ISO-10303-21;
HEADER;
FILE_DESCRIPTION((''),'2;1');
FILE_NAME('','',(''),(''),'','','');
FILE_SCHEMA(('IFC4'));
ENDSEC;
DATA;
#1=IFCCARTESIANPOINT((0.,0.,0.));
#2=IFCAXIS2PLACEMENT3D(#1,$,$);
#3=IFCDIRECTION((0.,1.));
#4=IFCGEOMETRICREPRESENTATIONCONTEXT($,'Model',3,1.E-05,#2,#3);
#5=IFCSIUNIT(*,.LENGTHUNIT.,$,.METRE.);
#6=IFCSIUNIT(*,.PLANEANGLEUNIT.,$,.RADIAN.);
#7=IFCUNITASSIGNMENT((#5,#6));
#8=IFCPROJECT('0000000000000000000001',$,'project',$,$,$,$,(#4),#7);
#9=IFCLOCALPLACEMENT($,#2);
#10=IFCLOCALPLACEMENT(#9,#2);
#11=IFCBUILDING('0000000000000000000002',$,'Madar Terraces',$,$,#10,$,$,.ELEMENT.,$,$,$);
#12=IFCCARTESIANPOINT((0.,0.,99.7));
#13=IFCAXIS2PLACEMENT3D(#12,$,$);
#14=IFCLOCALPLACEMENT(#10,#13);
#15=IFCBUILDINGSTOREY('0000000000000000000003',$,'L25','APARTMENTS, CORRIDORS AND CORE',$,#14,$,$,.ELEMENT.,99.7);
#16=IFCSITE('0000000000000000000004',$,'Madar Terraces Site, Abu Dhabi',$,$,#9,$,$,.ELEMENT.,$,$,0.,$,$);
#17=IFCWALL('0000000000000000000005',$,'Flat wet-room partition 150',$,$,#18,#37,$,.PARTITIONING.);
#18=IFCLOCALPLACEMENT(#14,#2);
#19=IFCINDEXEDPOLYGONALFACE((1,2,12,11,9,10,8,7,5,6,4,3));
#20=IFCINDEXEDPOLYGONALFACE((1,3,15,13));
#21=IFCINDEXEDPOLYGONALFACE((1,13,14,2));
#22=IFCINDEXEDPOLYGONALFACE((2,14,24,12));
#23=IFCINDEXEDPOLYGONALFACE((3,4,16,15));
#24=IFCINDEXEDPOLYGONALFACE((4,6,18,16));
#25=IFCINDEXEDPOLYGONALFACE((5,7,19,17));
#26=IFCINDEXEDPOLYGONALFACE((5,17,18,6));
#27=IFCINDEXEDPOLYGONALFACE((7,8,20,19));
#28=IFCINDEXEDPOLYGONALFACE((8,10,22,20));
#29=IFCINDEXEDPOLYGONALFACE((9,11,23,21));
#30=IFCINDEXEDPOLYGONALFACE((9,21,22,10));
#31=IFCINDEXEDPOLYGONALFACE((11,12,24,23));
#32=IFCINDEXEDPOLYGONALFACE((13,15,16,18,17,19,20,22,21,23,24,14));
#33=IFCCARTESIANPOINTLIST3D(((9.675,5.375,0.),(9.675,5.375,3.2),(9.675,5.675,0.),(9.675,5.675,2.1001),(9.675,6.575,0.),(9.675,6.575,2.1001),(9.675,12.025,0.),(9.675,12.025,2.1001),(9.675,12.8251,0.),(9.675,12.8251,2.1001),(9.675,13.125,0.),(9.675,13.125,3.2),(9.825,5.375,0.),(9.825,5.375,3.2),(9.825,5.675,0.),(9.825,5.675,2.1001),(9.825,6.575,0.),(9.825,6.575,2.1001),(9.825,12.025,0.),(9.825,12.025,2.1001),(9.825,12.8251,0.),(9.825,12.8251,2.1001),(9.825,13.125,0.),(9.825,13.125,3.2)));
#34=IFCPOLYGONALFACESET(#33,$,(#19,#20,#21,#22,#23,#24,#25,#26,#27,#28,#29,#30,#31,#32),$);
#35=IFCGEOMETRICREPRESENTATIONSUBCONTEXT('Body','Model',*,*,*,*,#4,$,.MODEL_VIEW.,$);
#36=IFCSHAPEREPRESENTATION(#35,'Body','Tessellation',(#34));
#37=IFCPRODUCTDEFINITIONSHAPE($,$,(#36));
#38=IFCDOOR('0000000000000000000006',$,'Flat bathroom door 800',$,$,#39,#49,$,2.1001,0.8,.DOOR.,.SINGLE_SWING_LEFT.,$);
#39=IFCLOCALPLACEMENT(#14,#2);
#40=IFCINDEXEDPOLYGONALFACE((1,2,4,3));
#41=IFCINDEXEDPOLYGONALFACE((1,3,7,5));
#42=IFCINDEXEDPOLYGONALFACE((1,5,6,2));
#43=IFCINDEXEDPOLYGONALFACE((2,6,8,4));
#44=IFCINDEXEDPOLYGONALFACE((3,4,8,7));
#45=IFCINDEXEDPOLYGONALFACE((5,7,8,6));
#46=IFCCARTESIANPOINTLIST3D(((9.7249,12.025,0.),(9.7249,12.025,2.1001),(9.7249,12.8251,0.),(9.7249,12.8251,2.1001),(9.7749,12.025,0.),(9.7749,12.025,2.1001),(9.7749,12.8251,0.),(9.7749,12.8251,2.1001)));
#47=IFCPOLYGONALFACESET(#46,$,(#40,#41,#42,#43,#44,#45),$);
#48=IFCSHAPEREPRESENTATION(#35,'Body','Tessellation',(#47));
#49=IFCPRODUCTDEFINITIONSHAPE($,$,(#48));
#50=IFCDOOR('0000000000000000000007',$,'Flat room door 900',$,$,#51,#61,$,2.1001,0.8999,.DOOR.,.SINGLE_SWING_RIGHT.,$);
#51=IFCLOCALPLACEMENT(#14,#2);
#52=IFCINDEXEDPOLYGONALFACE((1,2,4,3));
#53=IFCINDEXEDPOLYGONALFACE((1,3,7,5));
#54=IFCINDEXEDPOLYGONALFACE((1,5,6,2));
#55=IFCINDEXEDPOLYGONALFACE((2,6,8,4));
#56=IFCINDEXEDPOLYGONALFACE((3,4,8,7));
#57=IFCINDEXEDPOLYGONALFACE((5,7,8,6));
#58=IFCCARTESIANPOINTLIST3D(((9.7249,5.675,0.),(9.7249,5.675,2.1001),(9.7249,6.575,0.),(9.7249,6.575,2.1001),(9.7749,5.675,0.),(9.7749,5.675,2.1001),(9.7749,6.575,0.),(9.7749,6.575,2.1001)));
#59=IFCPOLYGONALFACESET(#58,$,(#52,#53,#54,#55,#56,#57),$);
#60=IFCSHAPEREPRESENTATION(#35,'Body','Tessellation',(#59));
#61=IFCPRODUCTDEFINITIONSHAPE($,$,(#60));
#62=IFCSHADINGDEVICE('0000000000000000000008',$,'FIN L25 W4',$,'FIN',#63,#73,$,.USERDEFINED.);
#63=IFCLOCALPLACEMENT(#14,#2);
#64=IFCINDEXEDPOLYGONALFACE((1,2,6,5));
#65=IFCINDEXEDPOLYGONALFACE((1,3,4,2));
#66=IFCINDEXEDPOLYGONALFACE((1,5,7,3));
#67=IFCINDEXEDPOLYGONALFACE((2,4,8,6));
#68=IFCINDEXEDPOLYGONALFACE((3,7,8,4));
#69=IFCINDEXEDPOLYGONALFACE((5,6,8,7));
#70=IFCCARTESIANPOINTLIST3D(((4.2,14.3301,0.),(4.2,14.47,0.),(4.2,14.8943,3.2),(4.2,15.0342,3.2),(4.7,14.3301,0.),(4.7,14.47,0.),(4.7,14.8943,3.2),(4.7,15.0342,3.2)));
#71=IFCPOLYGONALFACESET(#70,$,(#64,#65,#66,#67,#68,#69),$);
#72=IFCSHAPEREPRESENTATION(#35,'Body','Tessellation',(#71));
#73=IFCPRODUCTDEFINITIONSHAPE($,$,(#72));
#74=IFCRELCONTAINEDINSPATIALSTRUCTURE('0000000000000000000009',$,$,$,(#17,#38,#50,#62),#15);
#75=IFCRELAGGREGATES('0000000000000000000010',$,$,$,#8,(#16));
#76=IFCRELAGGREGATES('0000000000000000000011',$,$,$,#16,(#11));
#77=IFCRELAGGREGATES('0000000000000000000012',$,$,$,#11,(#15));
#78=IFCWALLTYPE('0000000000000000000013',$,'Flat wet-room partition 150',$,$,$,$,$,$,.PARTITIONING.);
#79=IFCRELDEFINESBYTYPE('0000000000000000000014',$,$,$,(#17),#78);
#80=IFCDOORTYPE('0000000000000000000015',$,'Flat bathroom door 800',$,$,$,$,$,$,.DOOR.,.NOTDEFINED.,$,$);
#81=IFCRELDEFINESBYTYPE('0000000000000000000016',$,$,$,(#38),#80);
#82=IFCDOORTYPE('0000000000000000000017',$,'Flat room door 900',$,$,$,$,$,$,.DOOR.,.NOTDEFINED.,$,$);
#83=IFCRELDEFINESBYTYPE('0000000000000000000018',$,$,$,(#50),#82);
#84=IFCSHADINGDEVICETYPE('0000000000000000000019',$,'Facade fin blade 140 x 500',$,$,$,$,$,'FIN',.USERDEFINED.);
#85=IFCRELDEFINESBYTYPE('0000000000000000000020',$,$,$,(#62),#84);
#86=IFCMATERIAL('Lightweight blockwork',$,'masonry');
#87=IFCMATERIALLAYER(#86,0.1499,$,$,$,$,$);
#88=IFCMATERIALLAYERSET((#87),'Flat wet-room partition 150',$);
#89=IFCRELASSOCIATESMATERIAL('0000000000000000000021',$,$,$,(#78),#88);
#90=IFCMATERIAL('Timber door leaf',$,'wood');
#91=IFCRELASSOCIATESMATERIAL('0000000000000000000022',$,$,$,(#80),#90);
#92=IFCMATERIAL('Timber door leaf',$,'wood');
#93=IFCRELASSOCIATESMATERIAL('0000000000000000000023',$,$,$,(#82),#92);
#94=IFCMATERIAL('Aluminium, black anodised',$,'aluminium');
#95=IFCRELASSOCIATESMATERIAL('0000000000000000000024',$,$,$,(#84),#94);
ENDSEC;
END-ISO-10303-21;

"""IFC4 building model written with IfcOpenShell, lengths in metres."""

from ifc_helpers import new_model, si_unit, direction, frame, frame_2d, origin, place, context, subcontext, project, spatial, polyline, rectangle, outline, extrude, material, layer, layer_set, type_object, element, fill, save


model = new_model("IFC4")

# Units and contexts
model_context = context("Model", 3, precision=1e-05, world=origin(), true_north=direction((0.0, 1.0)))
body_context = subcontext(model_context, "Body", "Model", "MODEL_VIEW")
ifc_project = project(units=[si_unit("LENGTHUNIT", "METRE"), si_unit("PLANEANGLEUNIT", "RADIAN")], contexts=[model_context])

# Site, building, storey
site_placement = place(None, origin())
site = spatial("IfcSite", under=ifc_project, at=site_placement, Name="Madar Terraces Site, Abu Dhabi", CompositionType="ELEMENT", RefElevation=0.0)
building_placement = place(site_placement, origin())
building = spatial("IfcBuilding", under=site, at=building_placement, Name="Madar Terraces", CompositionType="ELEMENT")
storey_placement = place(building_placement, frame((0.0, 0.0, 99.7)))
storey = spatial("IfcBuildingStorey", under=building, at=storey_placement, Name="L25", Description="APARTMENTS, CORRIDORS AND CORE", CompositionType="ELEMENT", Elevation=99.7)

# Shared definitions
ifc_material_1 = material(Name="Lightweight blockwork", Category="masonry")
ifc_layer_1 = layer(ifc_material_1, 0.1499)
ifc_layer_set_1 = layer_set([ifc_layer_1], Name="Flat wet-room partition 150")
wall_type_1 = type_object("IfcWallType", Name="Flat wet-room partition 150", PredefinedType="PARTITIONING", material=ifc_layer_set_1)

# Shared definitions
ifc_material_2 = material(Name="Timber door leaf", Category="wood")
door_type_1 = type_object("IfcDoorType", Name="Flat bathroom door 800", OperationType="NOTDEFINED", PredefinedType="DOOR", material=ifc_material_2)
ifc_material_3 = material(Name="Timber door leaf", Category="wood")
door_type_2 = type_object("IfcDoorType", Name="Flat room door 900", OperationType="NOTDEFINED", PredefinedType="DOOR", material=ifc_material_3)

# Wall, openings, doors
wall_1_placement = place(storey_placement, frame((9.75, 13.125, 0.0), z_axis=(0.0, 0.0, 1.0), x_axis=(0.0, -1.0, 0.0)))
wall_1 = element("IfcWall", 1, at=wall_1_placement, inside=storey, type_object=wall_type_1, Name="Flat wet-room partition 150", PredefinedType="PARTITIONING", context=body_context, shape_type="SweptSolid", body=[
    extrude(rectangle(XDim=7.75, YDim=0.1499, at=frame_2d((3.875, 0.0))), origin(), (0.0, 0.0, 1.0), 3.2),
])
opening_1_placement = place(wall_1_placement, frame((0.3, 0.0, 0.0)))
opening_1 = element("IfcOpeningElement", 2, at=opening_1_placement, cuts=wall_1, PredefinedType="OPENING", context=body_context, shape_type="SweptSolid", body=[
    extrude(rectangle(XDim=0.8, YDim=2.1001, at=frame_2d((0.3999, 1.05))), frame((0.0, 0.085, 0.0), z_axis=(0.0, -1.0, 0.0), x_axis=(1.0, 0.0, 0.0)), (0.0, 0.0, 1.0), 0.1699),
])
opening_2_placement = place(wall_1_placement, frame((6.55, 0.0, 0.0)))
opening_2 = element("IfcOpeningElement", 3, at=opening_2_placement, cuts=wall_1, PredefinedType="OPENING", context=body_context, shape_type="SweptSolid", body=[
    extrude(rectangle(XDim=0.8999, YDim=2.1001, at=frame_2d((0.45, 1.05))), frame((0.0, 0.085, 0.0), z_axis=(0.0, -1.0, 0.0), x_axis=(1.0, 0.0, 0.0)), (0.0, 0.0, 1.0), 0.1699),
])
door_1_placement = place(opening_1_placement, origin())
door_1 = element("IfcDoor", 4, at=door_1_placement, inside=storey, type_object=door_type_1, Name="Flat bathroom door 800", OperationType="SINGLE_SWING_LEFT", OverallHeight=2.1001, OverallWidth=0.8, PredefinedType="DOOR", context=body_context, shape_type="SweptSolid", body=[
    extrude(rectangle(XDim=0.8, YDim=2.1001, at=frame_2d((0.3999, 1.05))), frame((0.0, 0.0249, 0.0), z_axis=(0.0, -1.0, 0.0), x_axis=(1.0, 0.0, 0.0)), (0.0, 0.0, 1.0), 0.05),
])
fill(opening_1, door_1)
door_2_placement = place(opening_2_placement, origin())
door_2 = element("IfcDoor", 5, at=door_2_placement, inside=storey, type_object=door_type_2, Name="Flat room door 900", OperationType="SINGLE_SWING_RIGHT", OverallHeight=2.1001, OverallWidth=0.8999, PredefinedType="DOOR", context=body_context, shape_type="SweptSolid", body=[
    extrude(rectangle(XDim=0.8999, YDim=2.1001, at=frame_2d((0.45, 1.05))), frame((0.0, 0.0249, 0.0), z_axis=(0.0, -1.0, 0.0), x_axis=(1.0, 0.0, 0.0)), (0.0, 0.0, 1.0), 0.05),
])
fill(opening_2, door_2)

# Shading device
ifc_material_4 = material(Name="Aluminium, black anodised", Category="aluminium")
shading_device_type = type_object("IfcShadingDeviceType", Name="Facade fin blade 140 x 500", ElementType="FIN", PredefinedType="USERDEFINED", material=ifc_material_4)
shading_device_placement = place(storey_placement, frame((4.45, 14.47, 0.0), z_axis=(0.0, 0.0, 1.0), x_axis=(0.0, -1.0, 0.0)))
element("IfcShadingDevice", 6, at=shading_device_placement, inside=storey, type_object=shading_device_type, Name="FIN L25 W4", ObjectType="FIN", PredefinedType="USERDEFINED", context=body_context, shape_type="SweptSolid", body=[
    extrude(outline(polyline([(0.0, 0.0), (0.1399, 0.0), (-0.4243, 3.2), (-0.5642, 3.2), (0.0, 0.0)])), frame((0.0, 0.25, 0.0), z_axis=(0.0, -1.0, 0.0), x_axis=(1.0, 0.0, 0.0)), (0.0, 0.0, 1.0), 0.5),
])

save(model, "model.ifc")
